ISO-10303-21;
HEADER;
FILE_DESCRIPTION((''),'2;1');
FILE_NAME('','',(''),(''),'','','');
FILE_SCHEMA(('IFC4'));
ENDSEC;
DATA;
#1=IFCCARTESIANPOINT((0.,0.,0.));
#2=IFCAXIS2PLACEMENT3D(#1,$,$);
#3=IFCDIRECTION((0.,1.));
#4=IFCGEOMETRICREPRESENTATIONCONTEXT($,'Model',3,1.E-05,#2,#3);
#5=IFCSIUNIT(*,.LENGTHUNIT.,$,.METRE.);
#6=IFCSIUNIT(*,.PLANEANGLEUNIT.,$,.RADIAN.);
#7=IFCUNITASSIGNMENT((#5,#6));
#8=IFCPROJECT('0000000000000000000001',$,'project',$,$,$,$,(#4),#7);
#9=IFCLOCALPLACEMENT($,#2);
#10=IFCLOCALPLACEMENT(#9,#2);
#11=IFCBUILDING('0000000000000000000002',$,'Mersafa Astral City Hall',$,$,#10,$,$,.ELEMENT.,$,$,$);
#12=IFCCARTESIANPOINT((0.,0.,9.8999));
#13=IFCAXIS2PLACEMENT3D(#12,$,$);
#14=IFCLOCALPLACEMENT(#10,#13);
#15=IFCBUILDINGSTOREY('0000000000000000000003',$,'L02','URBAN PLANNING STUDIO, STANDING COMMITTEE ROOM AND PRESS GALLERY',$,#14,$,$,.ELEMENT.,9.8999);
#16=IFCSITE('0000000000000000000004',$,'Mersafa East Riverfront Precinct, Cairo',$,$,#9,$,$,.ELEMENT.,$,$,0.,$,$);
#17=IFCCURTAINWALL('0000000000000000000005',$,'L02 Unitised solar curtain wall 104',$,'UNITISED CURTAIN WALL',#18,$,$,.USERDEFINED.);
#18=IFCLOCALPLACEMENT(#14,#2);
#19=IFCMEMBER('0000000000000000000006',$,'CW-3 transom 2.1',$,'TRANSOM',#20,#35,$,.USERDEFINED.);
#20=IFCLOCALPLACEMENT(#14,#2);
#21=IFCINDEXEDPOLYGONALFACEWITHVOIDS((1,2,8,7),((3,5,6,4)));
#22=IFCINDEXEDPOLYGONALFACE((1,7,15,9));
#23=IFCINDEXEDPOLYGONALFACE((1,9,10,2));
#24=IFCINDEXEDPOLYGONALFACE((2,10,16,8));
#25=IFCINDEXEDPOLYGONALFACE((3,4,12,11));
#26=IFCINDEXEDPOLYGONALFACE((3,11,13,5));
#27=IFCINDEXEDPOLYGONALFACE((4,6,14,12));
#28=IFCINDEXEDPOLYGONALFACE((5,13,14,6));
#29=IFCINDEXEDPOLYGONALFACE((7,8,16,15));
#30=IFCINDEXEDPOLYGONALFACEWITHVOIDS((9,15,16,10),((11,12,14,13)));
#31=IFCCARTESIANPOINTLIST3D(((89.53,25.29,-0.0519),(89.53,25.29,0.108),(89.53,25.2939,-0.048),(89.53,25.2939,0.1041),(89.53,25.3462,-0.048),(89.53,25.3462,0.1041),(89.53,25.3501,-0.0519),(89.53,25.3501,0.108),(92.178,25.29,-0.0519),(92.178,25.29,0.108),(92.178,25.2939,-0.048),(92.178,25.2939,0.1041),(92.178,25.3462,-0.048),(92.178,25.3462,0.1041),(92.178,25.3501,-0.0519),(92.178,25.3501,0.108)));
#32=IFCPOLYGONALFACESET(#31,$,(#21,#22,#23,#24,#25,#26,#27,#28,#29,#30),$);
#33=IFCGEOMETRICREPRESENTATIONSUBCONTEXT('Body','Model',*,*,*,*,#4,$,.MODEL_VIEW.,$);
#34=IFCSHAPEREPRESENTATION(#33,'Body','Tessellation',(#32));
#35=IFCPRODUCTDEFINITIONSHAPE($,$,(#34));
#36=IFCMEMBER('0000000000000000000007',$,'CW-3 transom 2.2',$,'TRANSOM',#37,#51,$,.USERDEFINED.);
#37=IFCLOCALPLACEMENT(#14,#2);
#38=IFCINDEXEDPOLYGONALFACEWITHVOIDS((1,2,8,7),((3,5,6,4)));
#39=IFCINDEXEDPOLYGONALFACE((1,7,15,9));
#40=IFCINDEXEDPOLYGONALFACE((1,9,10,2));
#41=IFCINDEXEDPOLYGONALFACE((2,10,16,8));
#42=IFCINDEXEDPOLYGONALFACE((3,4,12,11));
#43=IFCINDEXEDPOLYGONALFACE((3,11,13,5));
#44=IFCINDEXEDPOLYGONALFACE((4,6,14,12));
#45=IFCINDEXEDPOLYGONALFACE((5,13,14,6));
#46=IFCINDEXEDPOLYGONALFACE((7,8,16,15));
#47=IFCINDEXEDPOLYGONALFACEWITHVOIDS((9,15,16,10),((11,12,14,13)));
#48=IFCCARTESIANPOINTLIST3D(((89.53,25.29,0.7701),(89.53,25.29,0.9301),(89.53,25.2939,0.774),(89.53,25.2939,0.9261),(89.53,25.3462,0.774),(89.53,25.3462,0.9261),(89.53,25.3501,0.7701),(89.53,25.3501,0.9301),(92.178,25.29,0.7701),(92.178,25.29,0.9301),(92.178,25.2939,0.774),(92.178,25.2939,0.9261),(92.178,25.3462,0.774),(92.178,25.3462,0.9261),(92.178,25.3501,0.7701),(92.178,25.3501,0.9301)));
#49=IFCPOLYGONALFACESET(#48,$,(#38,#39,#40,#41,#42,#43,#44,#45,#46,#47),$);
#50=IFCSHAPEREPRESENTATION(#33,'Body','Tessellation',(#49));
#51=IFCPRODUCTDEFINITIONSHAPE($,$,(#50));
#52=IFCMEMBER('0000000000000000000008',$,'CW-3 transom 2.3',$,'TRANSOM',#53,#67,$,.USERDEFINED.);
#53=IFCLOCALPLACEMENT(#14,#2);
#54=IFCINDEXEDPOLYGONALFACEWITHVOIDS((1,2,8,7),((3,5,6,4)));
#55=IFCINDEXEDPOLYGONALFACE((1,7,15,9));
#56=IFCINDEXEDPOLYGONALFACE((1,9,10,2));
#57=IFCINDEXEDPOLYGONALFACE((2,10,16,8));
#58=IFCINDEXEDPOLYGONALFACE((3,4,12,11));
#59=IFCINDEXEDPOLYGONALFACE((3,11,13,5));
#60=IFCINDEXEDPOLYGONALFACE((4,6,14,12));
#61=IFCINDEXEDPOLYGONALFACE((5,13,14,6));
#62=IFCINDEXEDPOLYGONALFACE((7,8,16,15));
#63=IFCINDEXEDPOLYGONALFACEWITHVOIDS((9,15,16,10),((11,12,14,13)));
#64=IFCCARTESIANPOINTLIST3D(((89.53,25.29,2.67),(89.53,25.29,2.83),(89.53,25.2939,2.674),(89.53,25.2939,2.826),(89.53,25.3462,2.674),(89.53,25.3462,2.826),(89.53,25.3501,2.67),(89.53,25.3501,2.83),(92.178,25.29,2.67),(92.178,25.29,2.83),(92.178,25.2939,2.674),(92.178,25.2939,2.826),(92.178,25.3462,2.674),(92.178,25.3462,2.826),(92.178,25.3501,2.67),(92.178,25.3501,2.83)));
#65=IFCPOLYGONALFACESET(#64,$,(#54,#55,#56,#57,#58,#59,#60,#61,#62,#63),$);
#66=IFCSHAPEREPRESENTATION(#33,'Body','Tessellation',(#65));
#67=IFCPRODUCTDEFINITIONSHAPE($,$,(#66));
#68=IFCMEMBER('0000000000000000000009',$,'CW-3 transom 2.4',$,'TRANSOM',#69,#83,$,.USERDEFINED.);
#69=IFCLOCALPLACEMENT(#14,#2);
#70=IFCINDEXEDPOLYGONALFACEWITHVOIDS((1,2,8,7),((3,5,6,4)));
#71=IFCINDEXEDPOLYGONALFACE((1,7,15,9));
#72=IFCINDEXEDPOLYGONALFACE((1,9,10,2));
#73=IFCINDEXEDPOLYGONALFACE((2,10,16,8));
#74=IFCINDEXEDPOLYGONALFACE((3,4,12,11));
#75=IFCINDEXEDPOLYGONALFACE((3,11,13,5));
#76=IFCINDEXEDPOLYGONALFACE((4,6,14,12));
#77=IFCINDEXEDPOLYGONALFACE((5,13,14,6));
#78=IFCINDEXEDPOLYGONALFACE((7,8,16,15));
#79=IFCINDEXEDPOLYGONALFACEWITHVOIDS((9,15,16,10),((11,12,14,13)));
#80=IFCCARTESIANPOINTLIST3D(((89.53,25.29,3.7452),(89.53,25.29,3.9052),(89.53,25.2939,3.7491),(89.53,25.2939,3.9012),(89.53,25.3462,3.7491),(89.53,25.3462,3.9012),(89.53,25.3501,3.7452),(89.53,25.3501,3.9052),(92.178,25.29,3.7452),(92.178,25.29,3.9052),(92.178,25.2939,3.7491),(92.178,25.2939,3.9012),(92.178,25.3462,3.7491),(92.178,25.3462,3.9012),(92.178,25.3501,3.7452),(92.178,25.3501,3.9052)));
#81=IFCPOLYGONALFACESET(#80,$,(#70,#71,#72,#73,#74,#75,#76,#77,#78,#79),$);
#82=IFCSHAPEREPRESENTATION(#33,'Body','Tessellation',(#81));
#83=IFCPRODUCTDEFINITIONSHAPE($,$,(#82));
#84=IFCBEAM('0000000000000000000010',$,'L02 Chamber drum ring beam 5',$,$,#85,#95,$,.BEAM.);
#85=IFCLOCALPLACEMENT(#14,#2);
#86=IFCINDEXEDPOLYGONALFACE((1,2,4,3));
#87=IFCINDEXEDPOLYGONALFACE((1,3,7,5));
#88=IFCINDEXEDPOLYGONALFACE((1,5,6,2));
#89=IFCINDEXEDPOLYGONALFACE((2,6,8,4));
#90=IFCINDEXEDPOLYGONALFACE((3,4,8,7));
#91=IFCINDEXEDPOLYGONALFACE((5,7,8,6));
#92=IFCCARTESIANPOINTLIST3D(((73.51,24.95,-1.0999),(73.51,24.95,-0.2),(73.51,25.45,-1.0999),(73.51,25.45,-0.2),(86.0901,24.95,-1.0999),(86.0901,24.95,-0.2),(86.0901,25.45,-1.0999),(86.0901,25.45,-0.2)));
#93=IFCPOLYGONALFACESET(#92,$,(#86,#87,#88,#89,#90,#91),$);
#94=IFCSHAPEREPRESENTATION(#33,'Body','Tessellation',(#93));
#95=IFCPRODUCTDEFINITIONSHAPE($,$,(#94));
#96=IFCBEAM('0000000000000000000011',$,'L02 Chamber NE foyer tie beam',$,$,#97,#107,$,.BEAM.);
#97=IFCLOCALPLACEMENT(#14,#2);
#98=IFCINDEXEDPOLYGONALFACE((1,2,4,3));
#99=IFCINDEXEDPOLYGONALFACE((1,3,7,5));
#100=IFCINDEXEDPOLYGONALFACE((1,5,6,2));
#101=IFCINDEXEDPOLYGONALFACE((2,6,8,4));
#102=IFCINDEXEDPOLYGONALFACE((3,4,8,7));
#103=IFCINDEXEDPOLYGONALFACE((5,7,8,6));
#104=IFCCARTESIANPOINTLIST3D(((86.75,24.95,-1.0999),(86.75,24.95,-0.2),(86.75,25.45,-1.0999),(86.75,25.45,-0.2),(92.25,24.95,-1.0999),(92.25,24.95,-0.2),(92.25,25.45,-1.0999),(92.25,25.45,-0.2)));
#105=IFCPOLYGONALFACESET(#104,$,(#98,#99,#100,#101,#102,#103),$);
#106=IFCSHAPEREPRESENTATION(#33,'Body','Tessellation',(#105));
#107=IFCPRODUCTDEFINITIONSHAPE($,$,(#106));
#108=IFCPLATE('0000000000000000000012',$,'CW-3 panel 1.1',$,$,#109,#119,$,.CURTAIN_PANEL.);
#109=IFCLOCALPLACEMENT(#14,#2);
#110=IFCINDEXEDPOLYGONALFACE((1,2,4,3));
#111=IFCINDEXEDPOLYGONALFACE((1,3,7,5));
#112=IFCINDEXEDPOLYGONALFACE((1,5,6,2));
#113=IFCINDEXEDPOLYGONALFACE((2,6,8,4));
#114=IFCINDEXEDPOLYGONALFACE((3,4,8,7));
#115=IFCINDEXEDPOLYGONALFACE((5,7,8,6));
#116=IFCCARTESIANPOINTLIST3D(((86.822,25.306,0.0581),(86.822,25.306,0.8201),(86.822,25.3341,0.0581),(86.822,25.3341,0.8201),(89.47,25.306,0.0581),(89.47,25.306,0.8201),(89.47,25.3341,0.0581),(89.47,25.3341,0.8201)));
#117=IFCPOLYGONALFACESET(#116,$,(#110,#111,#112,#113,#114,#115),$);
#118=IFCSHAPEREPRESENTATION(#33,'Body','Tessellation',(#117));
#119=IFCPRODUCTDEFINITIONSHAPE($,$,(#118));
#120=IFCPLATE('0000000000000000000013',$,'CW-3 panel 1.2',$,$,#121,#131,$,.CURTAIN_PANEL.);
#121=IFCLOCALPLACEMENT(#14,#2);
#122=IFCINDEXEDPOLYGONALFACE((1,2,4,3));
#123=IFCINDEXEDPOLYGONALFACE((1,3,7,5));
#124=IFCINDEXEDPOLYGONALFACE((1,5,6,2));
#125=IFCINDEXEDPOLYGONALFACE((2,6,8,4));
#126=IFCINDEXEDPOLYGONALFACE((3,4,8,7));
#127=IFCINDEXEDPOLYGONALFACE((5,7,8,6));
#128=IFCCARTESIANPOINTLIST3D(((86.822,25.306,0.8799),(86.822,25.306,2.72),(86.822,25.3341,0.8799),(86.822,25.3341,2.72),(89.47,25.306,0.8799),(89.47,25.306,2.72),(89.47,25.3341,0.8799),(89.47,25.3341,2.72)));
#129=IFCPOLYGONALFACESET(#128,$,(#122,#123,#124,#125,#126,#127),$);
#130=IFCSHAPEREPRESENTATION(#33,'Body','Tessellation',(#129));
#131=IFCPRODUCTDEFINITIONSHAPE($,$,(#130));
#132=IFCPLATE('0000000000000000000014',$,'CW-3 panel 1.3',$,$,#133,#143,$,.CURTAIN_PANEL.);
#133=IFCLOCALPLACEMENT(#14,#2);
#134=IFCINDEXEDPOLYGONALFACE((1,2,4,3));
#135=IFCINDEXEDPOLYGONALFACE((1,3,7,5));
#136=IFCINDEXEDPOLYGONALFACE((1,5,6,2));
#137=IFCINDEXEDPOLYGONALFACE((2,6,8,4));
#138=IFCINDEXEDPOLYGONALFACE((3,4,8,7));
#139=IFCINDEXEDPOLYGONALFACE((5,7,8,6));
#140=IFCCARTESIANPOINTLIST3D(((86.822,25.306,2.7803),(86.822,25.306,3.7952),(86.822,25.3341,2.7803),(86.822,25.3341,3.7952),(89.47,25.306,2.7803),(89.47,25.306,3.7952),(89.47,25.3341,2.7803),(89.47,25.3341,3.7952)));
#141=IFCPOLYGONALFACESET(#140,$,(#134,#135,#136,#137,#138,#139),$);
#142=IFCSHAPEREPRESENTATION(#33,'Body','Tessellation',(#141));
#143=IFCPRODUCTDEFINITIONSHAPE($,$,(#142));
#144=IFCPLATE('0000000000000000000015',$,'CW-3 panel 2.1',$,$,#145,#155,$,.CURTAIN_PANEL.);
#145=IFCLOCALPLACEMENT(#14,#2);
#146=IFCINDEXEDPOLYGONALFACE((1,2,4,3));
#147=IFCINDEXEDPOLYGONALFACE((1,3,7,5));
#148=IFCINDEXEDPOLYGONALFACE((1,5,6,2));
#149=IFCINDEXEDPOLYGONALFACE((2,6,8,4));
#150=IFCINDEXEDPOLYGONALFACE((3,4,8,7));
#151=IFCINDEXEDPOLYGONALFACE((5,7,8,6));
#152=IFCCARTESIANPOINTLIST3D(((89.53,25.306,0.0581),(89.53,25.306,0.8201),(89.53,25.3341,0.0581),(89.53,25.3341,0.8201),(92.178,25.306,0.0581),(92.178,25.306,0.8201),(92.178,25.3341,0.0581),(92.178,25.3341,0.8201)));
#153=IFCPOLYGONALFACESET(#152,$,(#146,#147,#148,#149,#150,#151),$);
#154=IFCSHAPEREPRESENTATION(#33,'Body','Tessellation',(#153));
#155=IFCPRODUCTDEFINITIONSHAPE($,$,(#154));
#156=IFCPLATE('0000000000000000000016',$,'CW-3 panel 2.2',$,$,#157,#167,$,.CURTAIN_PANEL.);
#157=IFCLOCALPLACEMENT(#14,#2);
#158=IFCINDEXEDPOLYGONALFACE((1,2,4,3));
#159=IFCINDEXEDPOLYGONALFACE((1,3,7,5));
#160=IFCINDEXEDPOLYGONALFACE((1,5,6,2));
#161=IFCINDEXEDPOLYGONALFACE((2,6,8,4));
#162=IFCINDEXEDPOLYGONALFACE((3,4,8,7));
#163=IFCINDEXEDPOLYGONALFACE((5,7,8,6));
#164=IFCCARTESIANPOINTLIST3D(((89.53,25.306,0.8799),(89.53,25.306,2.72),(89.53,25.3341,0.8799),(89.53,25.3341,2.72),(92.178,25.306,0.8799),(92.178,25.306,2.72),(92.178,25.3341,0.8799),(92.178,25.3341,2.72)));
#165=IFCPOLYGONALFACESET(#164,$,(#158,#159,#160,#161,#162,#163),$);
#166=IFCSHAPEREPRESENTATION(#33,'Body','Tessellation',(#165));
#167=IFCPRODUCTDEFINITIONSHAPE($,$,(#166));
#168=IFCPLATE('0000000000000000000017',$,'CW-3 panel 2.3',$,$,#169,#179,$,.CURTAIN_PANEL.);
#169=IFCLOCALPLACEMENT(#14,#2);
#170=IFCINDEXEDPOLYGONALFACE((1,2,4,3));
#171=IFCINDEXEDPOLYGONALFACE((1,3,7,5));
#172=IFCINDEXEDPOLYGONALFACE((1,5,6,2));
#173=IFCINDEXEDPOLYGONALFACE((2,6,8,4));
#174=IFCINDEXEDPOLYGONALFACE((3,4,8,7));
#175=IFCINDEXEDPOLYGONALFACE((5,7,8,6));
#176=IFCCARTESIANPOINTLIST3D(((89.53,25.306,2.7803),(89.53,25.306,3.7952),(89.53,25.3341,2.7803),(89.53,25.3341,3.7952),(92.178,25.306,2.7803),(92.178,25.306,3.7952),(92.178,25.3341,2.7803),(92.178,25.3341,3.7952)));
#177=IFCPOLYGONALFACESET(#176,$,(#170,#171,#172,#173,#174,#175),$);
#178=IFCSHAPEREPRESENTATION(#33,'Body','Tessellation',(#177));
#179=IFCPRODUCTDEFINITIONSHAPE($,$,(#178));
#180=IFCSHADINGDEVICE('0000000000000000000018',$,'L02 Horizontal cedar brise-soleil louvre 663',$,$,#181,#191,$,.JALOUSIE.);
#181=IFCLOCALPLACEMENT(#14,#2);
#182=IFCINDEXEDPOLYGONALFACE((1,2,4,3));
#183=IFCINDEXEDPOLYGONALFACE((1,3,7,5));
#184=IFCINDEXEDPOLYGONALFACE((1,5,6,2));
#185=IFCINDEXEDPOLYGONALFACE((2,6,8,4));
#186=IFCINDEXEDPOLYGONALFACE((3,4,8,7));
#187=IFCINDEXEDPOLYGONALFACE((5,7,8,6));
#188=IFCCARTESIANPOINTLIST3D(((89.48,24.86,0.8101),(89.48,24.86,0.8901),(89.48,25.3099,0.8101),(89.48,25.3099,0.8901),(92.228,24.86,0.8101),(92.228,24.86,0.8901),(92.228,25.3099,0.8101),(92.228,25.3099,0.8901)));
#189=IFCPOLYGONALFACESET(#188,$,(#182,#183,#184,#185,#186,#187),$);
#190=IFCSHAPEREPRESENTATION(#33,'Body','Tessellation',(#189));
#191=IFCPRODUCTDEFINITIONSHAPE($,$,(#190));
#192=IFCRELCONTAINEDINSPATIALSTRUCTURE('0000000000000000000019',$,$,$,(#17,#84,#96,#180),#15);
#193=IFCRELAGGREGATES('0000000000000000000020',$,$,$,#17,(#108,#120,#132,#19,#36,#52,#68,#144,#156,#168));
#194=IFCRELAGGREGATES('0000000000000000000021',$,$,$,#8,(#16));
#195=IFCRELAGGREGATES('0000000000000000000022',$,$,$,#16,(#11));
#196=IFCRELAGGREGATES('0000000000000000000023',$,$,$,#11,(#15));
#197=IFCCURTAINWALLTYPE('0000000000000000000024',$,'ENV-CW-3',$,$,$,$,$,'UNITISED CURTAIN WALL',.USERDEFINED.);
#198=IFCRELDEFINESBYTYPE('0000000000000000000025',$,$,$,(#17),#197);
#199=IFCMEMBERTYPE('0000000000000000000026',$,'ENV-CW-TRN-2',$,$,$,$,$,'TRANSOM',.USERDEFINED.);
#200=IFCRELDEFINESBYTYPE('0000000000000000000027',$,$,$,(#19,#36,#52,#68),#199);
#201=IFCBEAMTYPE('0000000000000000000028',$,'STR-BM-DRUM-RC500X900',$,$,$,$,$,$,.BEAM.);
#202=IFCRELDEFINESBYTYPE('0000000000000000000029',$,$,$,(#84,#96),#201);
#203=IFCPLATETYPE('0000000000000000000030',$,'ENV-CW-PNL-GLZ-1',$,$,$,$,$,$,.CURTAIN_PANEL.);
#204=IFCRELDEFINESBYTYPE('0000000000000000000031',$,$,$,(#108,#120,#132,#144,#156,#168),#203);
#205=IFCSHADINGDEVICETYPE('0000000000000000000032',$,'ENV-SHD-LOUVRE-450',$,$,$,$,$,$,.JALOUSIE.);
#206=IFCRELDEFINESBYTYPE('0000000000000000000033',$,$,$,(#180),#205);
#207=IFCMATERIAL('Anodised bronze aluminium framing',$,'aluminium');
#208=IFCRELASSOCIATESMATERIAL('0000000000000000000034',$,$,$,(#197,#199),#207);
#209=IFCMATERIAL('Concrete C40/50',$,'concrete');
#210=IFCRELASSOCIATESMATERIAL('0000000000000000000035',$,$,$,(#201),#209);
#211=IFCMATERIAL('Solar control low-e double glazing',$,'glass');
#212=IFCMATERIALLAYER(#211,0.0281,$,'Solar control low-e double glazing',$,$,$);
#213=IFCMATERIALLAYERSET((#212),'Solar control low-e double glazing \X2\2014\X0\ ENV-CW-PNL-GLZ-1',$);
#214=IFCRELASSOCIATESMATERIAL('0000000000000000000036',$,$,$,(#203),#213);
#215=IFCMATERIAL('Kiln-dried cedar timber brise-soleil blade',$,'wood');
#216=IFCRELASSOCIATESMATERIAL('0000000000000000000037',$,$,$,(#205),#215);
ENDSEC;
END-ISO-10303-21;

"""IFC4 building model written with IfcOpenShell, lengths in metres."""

from ifc_helpers import new_model, si_unit, direction, frame, origin, origin_2d, place, context, subcontext, project, spatial, rectangle, hollow_rectangle, extrude, material, layer, layer_set, material_profile, profile_set, type_object, element, aggregate, save


model = new_model("IFC4")

# Units and contexts
model_context = context("Model", 3, precision=1e-05, world=origin(), true_north=direction((0.0, 1.0)))
body_context = subcontext(model_context, "Body", "Model", "MODEL_VIEW")
ifc_project = project(units=[si_unit("LENGTHUNIT", "METRE"), si_unit("PLANEANGLEUNIT", "RADIAN")], contexts=[model_context])

# Site, building, storey
site_placement = place(None, origin())
site = spatial("IfcSite", under=ifc_project, at=site_placement, Name="Mersafa East Riverfront Precinct, Cairo", CompositionType="ELEMENT", RefElevation=0.0)
building_placement = place(site_placement, origin())
building = spatial("IfcBuilding", under=site, at=building_placement, Name="Mersafa Astral City Hall", CompositionType="ELEMENT")
storey_placement = place(building_placement, frame((0.0, 0.0, 9.8999)))
storey = spatial("IfcBuildingStorey", under=building, at=storey_placement, Name="L02", Description="URBAN PLANNING STUDIO, STANDING COMMITTEE ROOM AND PRESS GALLERY", CompositionType="ELEMENT", Elevation=9.8999)

# Shared definitions
ifc_material_1 = material(Name="Concrete C40/50", Category="concrete")

# Curtain wall, members
ifc_material_2 = material(Name="Anodised bronze aluminium framing", Category="aluminium")
curtain_wall_type = type_object("IfcCurtainWallType", Name="ENV-CW-3", ElementType="UNITISED CURTAIN WALL", PredefinedType="USERDEFINED", material=ifc_material_2)
curtain_wall_placement = place(storey_placement, origin())
curtain_wall = element("IfcCurtainWall", 1, at=curtain_wall_placement, inside=storey, type_object=curtain_wall_type, Name="L02 Unitised solar curtain wall 104", ObjectType="UNITISED CURTAIN WALL", PredefinedType="USERDEFINED")
ifc_material_profile_1 = material_profile(ifc_material_2, hollow_rectangle(XDim=0.0601, YDim=0.1599, WallThickness=0.0039, at=origin_2d()), Name="RHS 60x160x4")
ifc_profile_set_1 = profile_set([ifc_material_profile_1], Name="Anodised bronze aluminium framing")
member_type_1 = type_object("IfcMemberType", Name="ENV-CW-TRN-2", ElementType="TRANSOM", PredefinedType="USERDEFINED", material=ifc_profile_set_1)
member_1_placement = place(storey_placement, frame((89.53, 25.3201, 0.0281), z_axis=(1.0, 0.0, 0.0), x_axis=(0.0, 1.0, 0.0)))
member_1 = element("IfcMember", 2, at=member_1_placement, type_object=member_type_1, Name="CW-3 transom 2.1", ObjectType="TRANSOM", PredefinedType="USERDEFINED", context=body_context, shape_type="SweptSolid", body=[
    extrude(hollow_rectangle(XDim=0.0601, YDim=0.1599, WallThickness=0.0039, at=origin_2d()), origin(), (0.0, 0.0, 1.0), 2.6479),
])
member_2_placement = place(storey_placement, frame((89.53, 25.3201, 0.8501), z_axis=(1.0, 0.0, 0.0), x_axis=(0.0, 1.0, 0.0)))
member_2 = element("IfcMember", 3, at=member_2_placement, type_object=member_type_1, Name="CW-3 transom 2.2", ObjectType="TRANSOM", PredefinedType="USERDEFINED", context=body_context, shape_type="SweptSolid", body=[
    extrude(hollow_rectangle(XDim=0.0601, YDim=0.1599, WallThickness=0.0039, at=origin_2d()), origin(), (0.0, 0.0, 1.0), 2.6479),
])
member_3_placement = place(storey_placement, frame((89.53, 25.3201, 2.75), z_axis=(1.0, 0.0, 0.0), x_axis=(0.0, 1.0, 0.0)))
member_3 = element("IfcMember", 4, at=member_3_placement, type_object=member_type_1, Name="CW-3 transom 2.3", ObjectType="TRANSOM", PredefinedType="USERDEFINED", context=body_context, shape_type="SweptSolid", body=[
    extrude(hollow_rectangle(XDim=0.0601, YDim=0.1599, WallThickness=0.0039, at=origin_2d()), origin(), (0.0, 0.0, 1.0), 2.6479),
])
member_4_placement = place(storey_placement, frame((89.53, 25.3201, 3.8252), z_axis=(1.0, 0.0, 0.0), x_axis=(0.0, 1.0, 0.0)))
member_4 = element("IfcMember", 5, at=member_4_placement, type_object=member_type_1, Name="CW-3 transom 2.4", ObjectType="TRANSOM", PredefinedType="USERDEFINED", context=body_context, shape_type="SweptSolid", body=[
    extrude(hollow_rectangle(XDim=0.0601, YDim=0.1599, WallThickness=0.0039, at=origin_2d()), origin(), (0.0, 0.0, 1.0), 2.6479),
])

# Beams
ifc_material_profile_2 = material_profile(ifc_material_1, rectangle(XDim=0.5, YDim=0.8999, at=origin_2d()), Name="RC 500x900")
ifc_profile_set_2 = profile_set([ifc_material_profile_2], Name="Concrete C40/50")
beam_type = type_object("IfcBeamType", Name="STR-BM-DRUM-RC500X900", PredefinedType="BEAM", material=ifc_profile_set_2)
beam_1_placement = place(storey_placement, frame((86.0901, 25.2, -0.6499), z_axis=(-1.0, 0.0, 0.0), x_axis=(0.0, -1.0, 0.0)))
element("IfcBeam", 6, at=beam_1_placement, inside=storey, type_object=beam_type, Name="L02 Chamber drum ring beam 5", PredefinedType="BEAM", context=body_context, shape_type="SweptSolid", body=[
    extrude(rectangle(XDim=0.5, YDim=0.8999, at=origin_2d()), origin(), (0.0, 0.0, 1.0), 12.5801),
])
beam_2_placement = place(storey_placement, frame((86.75, 25.2, -0.6499), z_axis=(1.0, 0.0, 0.0), x_axis=(0.0, 1.0, 0.0)))
element("IfcBeam", 7, at=beam_2_placement, inside=storey, type_object=beam_type, Name="L02 Chamber NE foyer tie beam", PredefinedType="BEAM", context=body_context, shape_type="SweptSolid", body=[
    extrude(rectangle(XDim=0.5, YDim=0.8999, at=origin_2d()), origin(), (0.0, 0.0, 1.0), 5.5),
])

# Plates
ifc_material_3 = material(Name="Solar control low-e double glazing", Category="glass")
ifc_layer = layer(ifc_material_3, 0.0281, Name="Solar control low-e double glazing")
ifc_layer_set = layer_set([ifc_layer], Name="Solar control low-e double glazing — ENV-CW-PNL-GLZ-1")
plate_type = type_object("IfcPlateType", Name="ENV-CW-PNL-GLZ-1", PredefinedType="CURTAIN_PANEL", material=ifc_layer_set)
plate_1_placement = place(storey_placement, frame((88.146, 25.3201, 0.0581), z_axis=(0.0, 0.0, 1.0), x_axis=(1.0, 0.0, 0.0)))
plate_1 = element("IfcPlate", 8, at=plate_1_placement, type_object=plate_type, Name="CW-3 panel 1.1", PredefinedType="CURTAIN_PANEL", context=body_context, shape_type="SweptSolid", body=[
    extrude(rectangle(XDim=2.6479, YDim=0.0281, at=origin_2d()), origin(), (0.0, 0.0, 1.0), 0.762),
])
plate_2_placement = place(storey_placement, frame((88.146, 25.3201, 0.8799), z_axis=(0.0, 0.0, 1.0), x_axis=(1.0, 0.0, 0.0)))
plate_2 = element("IfcPlate", 9, at=plate_2_placement, type_object=plate_type, Name="CW-3 panel 1.2", PredefinedType="CURTAIN_PANEL", context=body_context, shape_type="SweptSolid", body=[
    extrude(rectangle(XDim=2.6479, YDim=0.0281, at=origin_2d()), origin(), (0.0, 0.0, 1.0), 1.8401),
])
plate_3_placement = place(storey_placement, frame((88.146, 25.3201, 2.7803), z_axis=(0.0, 0.0, 1.0), x_axis=(1.0, 0.0, 0.0)))
plate_3 = element("IfcPlate", 10, at=plate_3_placement, type_object=plate_type, Name="CW-3 panel 1.3", PredefinedType="CURTAIN_PANEL", context=body_context, shape_type="SweptSolid", body=[
    extrude(rectangle(XDim=2.6479, YDim=0.0281, at=origin_2d()), origin(), (0.0, 0.0, 1.0), 1.0149),
])
plate_4_placement = place(storey_placement, frame((90.854, 25.3201, 0.0581), z_axis=(0.0, 0.0, 1.0), x_axis=(1.0, 0.0, 0.0)))
plate_4 = element("IfcPlate", 11, at=plate_4_placement, type_object=plate_type, Name="CW-3 panel 2.1", PredefinedType="CURTAIN_PANEL", context=body_context, shape_type="SweptSolid", body=[
    extrude(rectangle(XDim=2.6479, YDim=0.0281, at=origin_2d()), origin(), (0.0, 0.0, 1.0), 0.762),
])
plate_5_placement = place(storey_placement, frame((90.854, 25.3201, 0.8799), z_axis=(0.0, 0.0, 1.0), x_axis=(1.0, 0.0, 0.0)))
plate_5 = element("IfcPlate", 12, at=plate_5_placement, type_object=plate_type, Name="CW-3 panel 2.2", PredefinedType="CURTAIN_PANEL", context=body_context, shape_type="SweptSolid", body=[
    extrude(rectangle(XDim=2.6479, YDim=0.0281, at=origin_2d()), origin(), (0.0, 0.0, 1.0), 1.8401),
])
plate_6_placement = place(storey_placement, frame((90.854, 25.3201, 2.7803), z_axis=(0.0, 0.0, 1.0), x_axis=(1.0, 0.0, 0.0)))
plate_6 = element("IfcPlate", 13, at=plate_6_placement, type_object=plate_type, Name="CW-3 panel 2.3", PredefinedType="CURTAIN_PANEL", context=body_context, shape_type="SweptSolid", body=[
    extrude(rectangle(XDim=2.6479, YDim=0.0281, at=origin_2d()), origin(), (0.0, 0.0, 1.0), 1.0149),
])
aggregate(curtain_wall, [plate_1, plate_2, plate_3, member_1, member_2, member_3, member_4, plate_4, plate_5, plate_6])

# Shading device
ifc_material_4 = material(Name="Kiln-dried cedar timber brise-soleil blade", Category="wood")
shading_device_type = type_object("IfcShadingDeviceType", Name="ENV-SHD-LOUVRE-450", PredefinedType="JALOUSIE", material=ifc_material_4)
for number, where, z_axis, x_axis, name in (
    (14, (90.854, 25.085, 0.8101), (0.0, 0.0, 1.0), (1.0, 0.0, 0.0), "L02 Horizontal cedar brise-soleil louvre 663"),
):
    element("IfcShadingDevice", number, at=place(storey_placement, frame(where, z_axis=z_axis, x_axis=x_axis)), inside=storey, type_object=shading_device_type, Name=name, PredefinedType="JALOUSIE", context=body_context, shape_type="SweptSolid", body=[
        extrude(rectangle(XDim=2.748, YDim=0.45, at=origin_2d()), origin(), (0.0, 0.0, 1.0), 0.0801),
    ])

save(model, "model.ifc")
